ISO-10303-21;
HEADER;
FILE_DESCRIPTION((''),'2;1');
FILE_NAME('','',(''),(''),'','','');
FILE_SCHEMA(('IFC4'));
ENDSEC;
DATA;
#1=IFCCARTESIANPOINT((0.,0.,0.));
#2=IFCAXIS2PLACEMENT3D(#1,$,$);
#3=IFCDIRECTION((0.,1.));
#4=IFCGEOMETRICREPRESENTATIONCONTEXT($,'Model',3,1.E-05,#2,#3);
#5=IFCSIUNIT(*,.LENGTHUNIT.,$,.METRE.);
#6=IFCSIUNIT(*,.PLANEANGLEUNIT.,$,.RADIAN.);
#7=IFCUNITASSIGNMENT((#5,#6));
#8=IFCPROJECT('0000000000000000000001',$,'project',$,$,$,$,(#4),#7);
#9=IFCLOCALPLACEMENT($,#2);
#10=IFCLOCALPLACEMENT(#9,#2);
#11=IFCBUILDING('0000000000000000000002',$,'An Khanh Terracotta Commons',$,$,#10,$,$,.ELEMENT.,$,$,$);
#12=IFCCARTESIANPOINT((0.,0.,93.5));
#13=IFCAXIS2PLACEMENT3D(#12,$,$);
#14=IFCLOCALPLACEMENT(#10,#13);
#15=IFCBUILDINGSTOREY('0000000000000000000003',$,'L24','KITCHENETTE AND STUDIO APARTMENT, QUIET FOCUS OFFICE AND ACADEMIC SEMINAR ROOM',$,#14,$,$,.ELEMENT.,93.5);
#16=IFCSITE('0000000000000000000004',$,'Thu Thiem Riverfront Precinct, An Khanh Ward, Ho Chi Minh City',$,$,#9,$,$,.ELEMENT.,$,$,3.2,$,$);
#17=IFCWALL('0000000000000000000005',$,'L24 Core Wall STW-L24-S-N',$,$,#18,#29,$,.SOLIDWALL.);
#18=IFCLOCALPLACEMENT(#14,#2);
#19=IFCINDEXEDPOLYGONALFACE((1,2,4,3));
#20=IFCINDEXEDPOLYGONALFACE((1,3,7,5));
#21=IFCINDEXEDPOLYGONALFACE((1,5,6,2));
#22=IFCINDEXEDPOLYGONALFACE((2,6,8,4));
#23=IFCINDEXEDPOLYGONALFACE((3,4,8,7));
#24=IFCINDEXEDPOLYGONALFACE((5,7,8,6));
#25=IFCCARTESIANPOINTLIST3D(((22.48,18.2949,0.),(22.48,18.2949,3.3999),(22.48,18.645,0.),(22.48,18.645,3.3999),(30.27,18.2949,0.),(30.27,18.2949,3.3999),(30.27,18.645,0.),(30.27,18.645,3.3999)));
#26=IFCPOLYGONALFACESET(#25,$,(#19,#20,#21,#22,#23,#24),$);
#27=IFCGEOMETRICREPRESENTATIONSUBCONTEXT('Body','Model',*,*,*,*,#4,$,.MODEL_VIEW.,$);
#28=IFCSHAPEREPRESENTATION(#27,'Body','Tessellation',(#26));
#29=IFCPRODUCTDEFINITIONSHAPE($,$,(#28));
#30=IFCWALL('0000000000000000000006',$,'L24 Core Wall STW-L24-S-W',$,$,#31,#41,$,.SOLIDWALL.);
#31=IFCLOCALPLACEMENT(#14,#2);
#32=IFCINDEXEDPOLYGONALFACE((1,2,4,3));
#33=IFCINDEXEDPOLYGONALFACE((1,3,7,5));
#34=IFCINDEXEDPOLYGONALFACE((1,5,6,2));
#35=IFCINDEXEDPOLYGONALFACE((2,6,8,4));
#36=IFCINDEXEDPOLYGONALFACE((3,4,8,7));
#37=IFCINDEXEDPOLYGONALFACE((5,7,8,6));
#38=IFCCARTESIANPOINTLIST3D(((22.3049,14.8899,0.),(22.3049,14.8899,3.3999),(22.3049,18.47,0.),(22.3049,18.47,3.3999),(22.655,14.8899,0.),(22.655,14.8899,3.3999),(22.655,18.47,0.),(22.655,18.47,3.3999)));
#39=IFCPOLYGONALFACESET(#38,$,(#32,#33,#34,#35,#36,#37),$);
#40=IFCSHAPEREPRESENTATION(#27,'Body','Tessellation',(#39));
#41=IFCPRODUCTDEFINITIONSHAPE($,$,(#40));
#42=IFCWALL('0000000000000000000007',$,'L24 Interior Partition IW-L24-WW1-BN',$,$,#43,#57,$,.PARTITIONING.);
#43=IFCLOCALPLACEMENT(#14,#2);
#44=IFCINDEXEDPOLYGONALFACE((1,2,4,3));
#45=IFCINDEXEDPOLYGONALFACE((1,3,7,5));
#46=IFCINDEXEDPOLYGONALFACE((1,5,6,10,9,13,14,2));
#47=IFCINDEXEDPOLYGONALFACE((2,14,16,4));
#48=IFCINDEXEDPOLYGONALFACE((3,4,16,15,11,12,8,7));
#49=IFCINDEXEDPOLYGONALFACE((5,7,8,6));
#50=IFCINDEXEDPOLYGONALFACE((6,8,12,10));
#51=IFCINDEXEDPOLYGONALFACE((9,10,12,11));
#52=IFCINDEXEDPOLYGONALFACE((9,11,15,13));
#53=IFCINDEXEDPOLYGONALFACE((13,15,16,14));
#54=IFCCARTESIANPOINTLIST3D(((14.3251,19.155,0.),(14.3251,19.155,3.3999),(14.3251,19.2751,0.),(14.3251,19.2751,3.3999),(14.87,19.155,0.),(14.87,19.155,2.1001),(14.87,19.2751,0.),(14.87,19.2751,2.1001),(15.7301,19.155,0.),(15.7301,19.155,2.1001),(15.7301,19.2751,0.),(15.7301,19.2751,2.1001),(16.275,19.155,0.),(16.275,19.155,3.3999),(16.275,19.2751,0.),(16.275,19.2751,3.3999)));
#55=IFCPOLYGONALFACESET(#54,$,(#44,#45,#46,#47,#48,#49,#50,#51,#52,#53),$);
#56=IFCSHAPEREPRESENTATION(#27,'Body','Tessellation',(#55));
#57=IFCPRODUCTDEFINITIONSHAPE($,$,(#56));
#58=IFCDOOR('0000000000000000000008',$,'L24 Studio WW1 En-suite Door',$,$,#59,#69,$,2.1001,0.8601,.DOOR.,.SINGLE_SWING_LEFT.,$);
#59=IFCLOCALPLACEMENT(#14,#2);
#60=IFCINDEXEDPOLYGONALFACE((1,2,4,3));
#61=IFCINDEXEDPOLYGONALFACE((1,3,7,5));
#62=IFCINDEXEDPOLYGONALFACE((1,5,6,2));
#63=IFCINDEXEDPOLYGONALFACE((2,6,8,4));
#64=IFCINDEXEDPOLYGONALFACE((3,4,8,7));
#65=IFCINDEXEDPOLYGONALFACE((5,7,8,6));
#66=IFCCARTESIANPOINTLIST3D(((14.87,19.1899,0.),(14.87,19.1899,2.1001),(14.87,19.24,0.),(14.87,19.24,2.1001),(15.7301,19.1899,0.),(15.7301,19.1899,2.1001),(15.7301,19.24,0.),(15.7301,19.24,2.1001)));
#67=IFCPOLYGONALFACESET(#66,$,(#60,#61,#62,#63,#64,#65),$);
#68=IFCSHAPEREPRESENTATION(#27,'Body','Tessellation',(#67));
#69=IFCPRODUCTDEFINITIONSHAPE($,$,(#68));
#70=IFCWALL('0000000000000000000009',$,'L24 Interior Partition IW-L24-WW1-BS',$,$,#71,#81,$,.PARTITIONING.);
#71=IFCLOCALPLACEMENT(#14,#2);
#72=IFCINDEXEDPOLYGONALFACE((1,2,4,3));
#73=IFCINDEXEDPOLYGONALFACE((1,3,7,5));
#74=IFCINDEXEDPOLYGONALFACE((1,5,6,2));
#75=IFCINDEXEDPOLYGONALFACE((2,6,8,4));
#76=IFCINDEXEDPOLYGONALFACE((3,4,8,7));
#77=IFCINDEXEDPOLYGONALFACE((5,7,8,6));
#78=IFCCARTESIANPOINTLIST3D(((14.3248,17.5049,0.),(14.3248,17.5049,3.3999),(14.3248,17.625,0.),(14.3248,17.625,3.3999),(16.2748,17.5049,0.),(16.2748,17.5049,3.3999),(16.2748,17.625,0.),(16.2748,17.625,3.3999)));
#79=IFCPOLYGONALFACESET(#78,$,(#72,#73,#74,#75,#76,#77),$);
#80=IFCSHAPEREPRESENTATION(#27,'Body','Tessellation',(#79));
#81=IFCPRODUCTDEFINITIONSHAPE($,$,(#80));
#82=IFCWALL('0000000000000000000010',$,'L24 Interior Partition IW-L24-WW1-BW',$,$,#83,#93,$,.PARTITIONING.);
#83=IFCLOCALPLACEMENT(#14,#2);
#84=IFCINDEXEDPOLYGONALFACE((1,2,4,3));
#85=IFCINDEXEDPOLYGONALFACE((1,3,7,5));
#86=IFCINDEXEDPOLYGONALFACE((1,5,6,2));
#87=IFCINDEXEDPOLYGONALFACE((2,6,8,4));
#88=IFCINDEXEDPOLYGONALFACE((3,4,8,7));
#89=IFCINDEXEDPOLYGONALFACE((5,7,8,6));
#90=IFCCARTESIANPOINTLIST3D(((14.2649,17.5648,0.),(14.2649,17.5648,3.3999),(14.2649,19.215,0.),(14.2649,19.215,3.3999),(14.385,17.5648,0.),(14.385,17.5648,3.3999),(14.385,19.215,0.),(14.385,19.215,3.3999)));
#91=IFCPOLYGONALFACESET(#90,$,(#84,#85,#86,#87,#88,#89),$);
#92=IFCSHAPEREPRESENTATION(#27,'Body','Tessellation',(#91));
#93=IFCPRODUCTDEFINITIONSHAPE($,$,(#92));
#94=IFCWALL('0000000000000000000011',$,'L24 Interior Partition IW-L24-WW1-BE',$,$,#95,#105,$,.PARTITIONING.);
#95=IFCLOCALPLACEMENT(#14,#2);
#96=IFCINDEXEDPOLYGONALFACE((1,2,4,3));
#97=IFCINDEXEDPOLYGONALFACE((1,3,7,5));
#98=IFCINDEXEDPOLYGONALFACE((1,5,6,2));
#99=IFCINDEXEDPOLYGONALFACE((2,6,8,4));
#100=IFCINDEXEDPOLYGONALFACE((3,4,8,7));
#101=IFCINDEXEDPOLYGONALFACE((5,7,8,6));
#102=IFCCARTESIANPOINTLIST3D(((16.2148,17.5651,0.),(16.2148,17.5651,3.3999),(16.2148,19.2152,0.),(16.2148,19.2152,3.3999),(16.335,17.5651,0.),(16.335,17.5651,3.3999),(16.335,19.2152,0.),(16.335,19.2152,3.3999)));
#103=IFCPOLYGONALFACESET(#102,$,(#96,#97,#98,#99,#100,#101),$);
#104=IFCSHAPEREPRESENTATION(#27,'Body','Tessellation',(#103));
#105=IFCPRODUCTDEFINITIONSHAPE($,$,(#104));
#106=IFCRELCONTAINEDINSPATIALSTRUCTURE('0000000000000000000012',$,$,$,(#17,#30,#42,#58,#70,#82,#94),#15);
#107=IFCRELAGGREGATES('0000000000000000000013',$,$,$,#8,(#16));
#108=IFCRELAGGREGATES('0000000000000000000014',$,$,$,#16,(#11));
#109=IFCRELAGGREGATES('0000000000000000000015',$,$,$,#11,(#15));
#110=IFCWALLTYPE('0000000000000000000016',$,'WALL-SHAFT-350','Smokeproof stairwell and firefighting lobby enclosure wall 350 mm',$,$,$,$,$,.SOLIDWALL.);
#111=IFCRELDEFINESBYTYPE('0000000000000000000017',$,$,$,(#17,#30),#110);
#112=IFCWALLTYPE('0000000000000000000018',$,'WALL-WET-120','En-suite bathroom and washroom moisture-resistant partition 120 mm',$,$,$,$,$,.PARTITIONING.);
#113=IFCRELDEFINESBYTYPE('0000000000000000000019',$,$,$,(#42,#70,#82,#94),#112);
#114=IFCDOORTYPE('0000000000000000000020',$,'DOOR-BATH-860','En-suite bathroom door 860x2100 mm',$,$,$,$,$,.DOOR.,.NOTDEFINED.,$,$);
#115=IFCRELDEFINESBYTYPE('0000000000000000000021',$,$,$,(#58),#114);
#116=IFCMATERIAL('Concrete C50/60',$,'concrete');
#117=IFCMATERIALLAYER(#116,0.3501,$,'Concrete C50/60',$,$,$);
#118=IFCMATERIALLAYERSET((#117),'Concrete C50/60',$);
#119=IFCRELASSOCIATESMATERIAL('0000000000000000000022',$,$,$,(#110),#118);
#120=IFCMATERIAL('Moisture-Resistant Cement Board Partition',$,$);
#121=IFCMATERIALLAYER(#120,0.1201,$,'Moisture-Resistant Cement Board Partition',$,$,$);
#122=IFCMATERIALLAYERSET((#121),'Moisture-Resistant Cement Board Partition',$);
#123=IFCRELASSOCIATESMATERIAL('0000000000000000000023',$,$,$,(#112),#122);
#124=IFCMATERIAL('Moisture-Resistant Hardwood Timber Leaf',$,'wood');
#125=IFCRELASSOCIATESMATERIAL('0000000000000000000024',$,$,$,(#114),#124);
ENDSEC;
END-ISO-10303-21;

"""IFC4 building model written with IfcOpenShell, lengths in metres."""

from ifc_helpers import new_model, si_unit, direction, frame, frame_2d, origin, place, context, subcontext, project, spatial, rectangle, extrude, material, layer, layer_set, type_object, element, fill, save


model = new_model("IFC4")

# Units and contexts
model_context = context("Model", 3, precision=1e-05, world=origin(), true_north=direction((0.0, 1.0)))
body_context = subcontext(model_context, "Body", "Model", "MODEL_VIEW")
ifc_project = project(units=[si_unit("LENGTHUNIT", "METRE"), si_unit("PLANEANGLEUNIT", "RADIAN")], contexts=[model_context])

# Site, building, storey
site_placement = place(None, origin())
site = spatial("IfcSite", under=ifc_project, at=site_placement, Name="Thu Thiem Riverfront Precinct, An Khanh Ward, Ho Chi Minh City", CompositionType="ELEMENT", RefElevation=3.2)
building_placement = place(site_placement, origin())
building = spatial("IfcBuilding", under=site, at=building_placement, Name="An Khanh Terracotta Commons", CompositionType="ELEMENT")
storey_placement = place(building_placement, frame((0.0, 0.0, 93.5)))
storey = spatial("IfcBuildingStorey", under=building, at=storey_placement, Name="L24", Description="KITCHENETTE AND STUDIO APARTMENT, QUIET FOCUS OFFICE AND ACADEMIC SEMINAR ROOM", CompositionType="ELEMENT", Elevation=93.5)

# Walls
ifc_material_1 = material(Name="Concrete C50/60", Category="concrete")
ifc_layer_1 = layer(ifc_material_1, 0.3501, Name="Concrete C50/60")
ifc_layer_set_1 = layer_set([ifc_layer_1], Name="Concrete C50/60")
wall_type_1 = type_object("IfcWallType", Name="WALL-SHAFT-350", Description="Smokeproof stairwell and firefighting lobby enclosure wall 350 mm", PredefinedType="SOLIDWALL", material=ifc_layer_set_1)
wall_1_placement = place(storey_placement, frame((22.48, 18.47, 0.0), z_axis=(0.0, 0.0, 1.0), x_axis=(1.0, 0.0, 0.0)))
element("IfcWall", 1, at=wall_1_placement, inside=storey, type_object=wall_type_1, Name="L24 Core Wall STW-L24-S-N", PredefinedType="SOLIDWALL", context=body_context, shape_type="SweptSolid", body=[
    extrude(rectangle(XDim=7.79, YDim=0.3501, at=frame_2d((3.895, 0.0))), origin(), (0.0, 0.0, 1.0), 3.3999),
])
wall_2_placement = place(storey_placement, frame((22.48, 14.8899, 0.0), z_axis=(0.0, 0.0, 1.0), x_axis=(0.0, 1.0, 0.0)))
element("IfcWall", 2, at=wall_2_placement, inside=storey, type_object=wall_type_1, Name="L24 Core Wall STW-L24-S-W", PredefinedType="SOLIDWALL", context=body_context, shape_type="SweptSolid", body=[
    extrude(rectangle(XDim=3.5801, YDim=0.3501, at=frame_2d((1.79, 0.0))), origin(), (0.0, 0.0, 1.0), 3.3999),
])

# Wall, opening, door
ifc_material_2 = material(Name="Moisture-Resistant Cement Board Partition")
ifc_layer_2 = layer(ifc_material_2, 0.1201, Name="Moisture-Resistant Cement Board Partition")
ifc_layer_set_2 = layer_set([ifc_layer_2], Name="Moisture-Resistant Cement Board Partition")
wall_type_2 = type_object("IfcWallType", Name="WALL-WET-120", Description="En-suite bathroom and washroom moisture-resistant partition 120 mm", PredefinedType="PARTITIONING", material=ifc_layer_set_2)
wall_3_placement = place(storey_placement, frame((14.325, 19.2151, 0.0), z_axis=(0.0, 0.0, 1.0), x_axis=(1.0, 0.0, 0.0)))
wall_3 = element("IfcWall", 3, at=wall_3_placement, inside=storey, type_object=wall_type_2, Name="L24 Interior Partition IW-L24-WW1-BN", PredefinedType="PARTITIONING", context=body_context, shape_type="SweptSolid", body=[
    extrude(rectangle(XDim=1.95, YDim=0.1201, at=frame_2d((0.9751, 0.0))), origin(), (0.0, 0.0, 1.0), 3.3999),
])
opening_1_placement = place(wall_3_placement, frame((0.5449, 0.0, 0.0)))
opening_1 = element("IfcOpeningElement", 4, at=opening_1_placement, cuts=wall_3, PredefinedType="OPENING", context=body_context, shape_type="SweptSolid", body=[
    extrude(rectangle(XDim=0.8601, YDim=2.1001, at=frame_2d((0.4302, 1.05))), frame((0.0, 0.0701, 0.0), z_axis=(0.0, -1.0, 0.0), x_axis=(1.0, 0.0, 0.0)), (0.0, 0.0, 1.0), 0.1401),
])
ifc_material_3 = material(Name="Moisture-Resistant Hardwood Timber Leaf", Category="wood")
door_type_1 = type_object("IfcDoorType", Name="DOOR-BATH-860", Description="En-suite bathroom door 860x2100 mm", OperationType="NOTDEFINED", PredefinedType="DOOR", material=ifc_material_3)
door_1_placement = place(opening_1_placement, origin())
door_1 = element("IfcDoor", 5, at=door_1_placement, inside=storey, type_object=door_type_1, Name="L24 Studio WW1 En-suite Door", OperationType="SINGLE_SWING_LEFT", OverallHeight=2.1001, OverallWidth=0.8601, PredefinedType="DOOR", context=body_context, shape_type="SweptSolid", body=[
    extrude(rectangle(XDim=0.8601, YDim=2.1001, at=frame_2d((0.4302, 1.05))), frame((0.0, 0.0249, 0.0), z_axis=(0.0, -1.0, 0.0), x_axis=(1.0, 0.0, 0.0)), (0.0, 0.0, 1.0), 0.05),
])
fill(opening_1, door_1)

# Walls
wall_4_placement = place(storey_placement, frame((16.2749, 17.5649, 0.0), z_axis=(0.0, 0.0, 1.0), x_axis=(-1.0, 0.0, 0.0)))
element("IfcWall", 6, at=wall_4_placement, inside=storey, type_object=wall_type_2, Name="L24 Interior Partition IW-L24-WW1-BS", PredefinedType="PARTITIONING", context=body_context, shape_type="SweptSolid", body=[
    extrude(rectangle(XDim=1.95, YDim=0.1201, at=frame_2d((0.9751, 0.0))), origin(), (0.0, 0.0, 1.0), 3.3999),
])
for number, where, z_axis, x_axis, name in (
    (7, (14.325, 19.2151, 0.0), (0.0, 0.0, 1.0), (0.0, -1.0, 0.0), "L24 Interior Partition IW-L24-WW1-BW"),
    (8, (16.2749, 17.5649, 0.0), (0.0, 0.0, 1.0), (0.0, 1.0, 0.0), "L24 Interior Partition IW-L24-WW1-BE"),
):
    element("IfcWall", number, at=place(storey_placement, frame(where, z_axis=z_axis, x_axis=x_axis)), inside=storey, type_object=wall_type_2, Name=name, PredefinedType="PARTITIONING", context=body_context, shape_type="SweptSolid", body=[
        extrude(rectangle(XDim=1.6501, YDim=0.1201, at=frame_2d((0.8252, 0.0))), origin(), (0.0, 0.0, 1.0), 3.3999),
    ])

save(model, "model.ifc")
